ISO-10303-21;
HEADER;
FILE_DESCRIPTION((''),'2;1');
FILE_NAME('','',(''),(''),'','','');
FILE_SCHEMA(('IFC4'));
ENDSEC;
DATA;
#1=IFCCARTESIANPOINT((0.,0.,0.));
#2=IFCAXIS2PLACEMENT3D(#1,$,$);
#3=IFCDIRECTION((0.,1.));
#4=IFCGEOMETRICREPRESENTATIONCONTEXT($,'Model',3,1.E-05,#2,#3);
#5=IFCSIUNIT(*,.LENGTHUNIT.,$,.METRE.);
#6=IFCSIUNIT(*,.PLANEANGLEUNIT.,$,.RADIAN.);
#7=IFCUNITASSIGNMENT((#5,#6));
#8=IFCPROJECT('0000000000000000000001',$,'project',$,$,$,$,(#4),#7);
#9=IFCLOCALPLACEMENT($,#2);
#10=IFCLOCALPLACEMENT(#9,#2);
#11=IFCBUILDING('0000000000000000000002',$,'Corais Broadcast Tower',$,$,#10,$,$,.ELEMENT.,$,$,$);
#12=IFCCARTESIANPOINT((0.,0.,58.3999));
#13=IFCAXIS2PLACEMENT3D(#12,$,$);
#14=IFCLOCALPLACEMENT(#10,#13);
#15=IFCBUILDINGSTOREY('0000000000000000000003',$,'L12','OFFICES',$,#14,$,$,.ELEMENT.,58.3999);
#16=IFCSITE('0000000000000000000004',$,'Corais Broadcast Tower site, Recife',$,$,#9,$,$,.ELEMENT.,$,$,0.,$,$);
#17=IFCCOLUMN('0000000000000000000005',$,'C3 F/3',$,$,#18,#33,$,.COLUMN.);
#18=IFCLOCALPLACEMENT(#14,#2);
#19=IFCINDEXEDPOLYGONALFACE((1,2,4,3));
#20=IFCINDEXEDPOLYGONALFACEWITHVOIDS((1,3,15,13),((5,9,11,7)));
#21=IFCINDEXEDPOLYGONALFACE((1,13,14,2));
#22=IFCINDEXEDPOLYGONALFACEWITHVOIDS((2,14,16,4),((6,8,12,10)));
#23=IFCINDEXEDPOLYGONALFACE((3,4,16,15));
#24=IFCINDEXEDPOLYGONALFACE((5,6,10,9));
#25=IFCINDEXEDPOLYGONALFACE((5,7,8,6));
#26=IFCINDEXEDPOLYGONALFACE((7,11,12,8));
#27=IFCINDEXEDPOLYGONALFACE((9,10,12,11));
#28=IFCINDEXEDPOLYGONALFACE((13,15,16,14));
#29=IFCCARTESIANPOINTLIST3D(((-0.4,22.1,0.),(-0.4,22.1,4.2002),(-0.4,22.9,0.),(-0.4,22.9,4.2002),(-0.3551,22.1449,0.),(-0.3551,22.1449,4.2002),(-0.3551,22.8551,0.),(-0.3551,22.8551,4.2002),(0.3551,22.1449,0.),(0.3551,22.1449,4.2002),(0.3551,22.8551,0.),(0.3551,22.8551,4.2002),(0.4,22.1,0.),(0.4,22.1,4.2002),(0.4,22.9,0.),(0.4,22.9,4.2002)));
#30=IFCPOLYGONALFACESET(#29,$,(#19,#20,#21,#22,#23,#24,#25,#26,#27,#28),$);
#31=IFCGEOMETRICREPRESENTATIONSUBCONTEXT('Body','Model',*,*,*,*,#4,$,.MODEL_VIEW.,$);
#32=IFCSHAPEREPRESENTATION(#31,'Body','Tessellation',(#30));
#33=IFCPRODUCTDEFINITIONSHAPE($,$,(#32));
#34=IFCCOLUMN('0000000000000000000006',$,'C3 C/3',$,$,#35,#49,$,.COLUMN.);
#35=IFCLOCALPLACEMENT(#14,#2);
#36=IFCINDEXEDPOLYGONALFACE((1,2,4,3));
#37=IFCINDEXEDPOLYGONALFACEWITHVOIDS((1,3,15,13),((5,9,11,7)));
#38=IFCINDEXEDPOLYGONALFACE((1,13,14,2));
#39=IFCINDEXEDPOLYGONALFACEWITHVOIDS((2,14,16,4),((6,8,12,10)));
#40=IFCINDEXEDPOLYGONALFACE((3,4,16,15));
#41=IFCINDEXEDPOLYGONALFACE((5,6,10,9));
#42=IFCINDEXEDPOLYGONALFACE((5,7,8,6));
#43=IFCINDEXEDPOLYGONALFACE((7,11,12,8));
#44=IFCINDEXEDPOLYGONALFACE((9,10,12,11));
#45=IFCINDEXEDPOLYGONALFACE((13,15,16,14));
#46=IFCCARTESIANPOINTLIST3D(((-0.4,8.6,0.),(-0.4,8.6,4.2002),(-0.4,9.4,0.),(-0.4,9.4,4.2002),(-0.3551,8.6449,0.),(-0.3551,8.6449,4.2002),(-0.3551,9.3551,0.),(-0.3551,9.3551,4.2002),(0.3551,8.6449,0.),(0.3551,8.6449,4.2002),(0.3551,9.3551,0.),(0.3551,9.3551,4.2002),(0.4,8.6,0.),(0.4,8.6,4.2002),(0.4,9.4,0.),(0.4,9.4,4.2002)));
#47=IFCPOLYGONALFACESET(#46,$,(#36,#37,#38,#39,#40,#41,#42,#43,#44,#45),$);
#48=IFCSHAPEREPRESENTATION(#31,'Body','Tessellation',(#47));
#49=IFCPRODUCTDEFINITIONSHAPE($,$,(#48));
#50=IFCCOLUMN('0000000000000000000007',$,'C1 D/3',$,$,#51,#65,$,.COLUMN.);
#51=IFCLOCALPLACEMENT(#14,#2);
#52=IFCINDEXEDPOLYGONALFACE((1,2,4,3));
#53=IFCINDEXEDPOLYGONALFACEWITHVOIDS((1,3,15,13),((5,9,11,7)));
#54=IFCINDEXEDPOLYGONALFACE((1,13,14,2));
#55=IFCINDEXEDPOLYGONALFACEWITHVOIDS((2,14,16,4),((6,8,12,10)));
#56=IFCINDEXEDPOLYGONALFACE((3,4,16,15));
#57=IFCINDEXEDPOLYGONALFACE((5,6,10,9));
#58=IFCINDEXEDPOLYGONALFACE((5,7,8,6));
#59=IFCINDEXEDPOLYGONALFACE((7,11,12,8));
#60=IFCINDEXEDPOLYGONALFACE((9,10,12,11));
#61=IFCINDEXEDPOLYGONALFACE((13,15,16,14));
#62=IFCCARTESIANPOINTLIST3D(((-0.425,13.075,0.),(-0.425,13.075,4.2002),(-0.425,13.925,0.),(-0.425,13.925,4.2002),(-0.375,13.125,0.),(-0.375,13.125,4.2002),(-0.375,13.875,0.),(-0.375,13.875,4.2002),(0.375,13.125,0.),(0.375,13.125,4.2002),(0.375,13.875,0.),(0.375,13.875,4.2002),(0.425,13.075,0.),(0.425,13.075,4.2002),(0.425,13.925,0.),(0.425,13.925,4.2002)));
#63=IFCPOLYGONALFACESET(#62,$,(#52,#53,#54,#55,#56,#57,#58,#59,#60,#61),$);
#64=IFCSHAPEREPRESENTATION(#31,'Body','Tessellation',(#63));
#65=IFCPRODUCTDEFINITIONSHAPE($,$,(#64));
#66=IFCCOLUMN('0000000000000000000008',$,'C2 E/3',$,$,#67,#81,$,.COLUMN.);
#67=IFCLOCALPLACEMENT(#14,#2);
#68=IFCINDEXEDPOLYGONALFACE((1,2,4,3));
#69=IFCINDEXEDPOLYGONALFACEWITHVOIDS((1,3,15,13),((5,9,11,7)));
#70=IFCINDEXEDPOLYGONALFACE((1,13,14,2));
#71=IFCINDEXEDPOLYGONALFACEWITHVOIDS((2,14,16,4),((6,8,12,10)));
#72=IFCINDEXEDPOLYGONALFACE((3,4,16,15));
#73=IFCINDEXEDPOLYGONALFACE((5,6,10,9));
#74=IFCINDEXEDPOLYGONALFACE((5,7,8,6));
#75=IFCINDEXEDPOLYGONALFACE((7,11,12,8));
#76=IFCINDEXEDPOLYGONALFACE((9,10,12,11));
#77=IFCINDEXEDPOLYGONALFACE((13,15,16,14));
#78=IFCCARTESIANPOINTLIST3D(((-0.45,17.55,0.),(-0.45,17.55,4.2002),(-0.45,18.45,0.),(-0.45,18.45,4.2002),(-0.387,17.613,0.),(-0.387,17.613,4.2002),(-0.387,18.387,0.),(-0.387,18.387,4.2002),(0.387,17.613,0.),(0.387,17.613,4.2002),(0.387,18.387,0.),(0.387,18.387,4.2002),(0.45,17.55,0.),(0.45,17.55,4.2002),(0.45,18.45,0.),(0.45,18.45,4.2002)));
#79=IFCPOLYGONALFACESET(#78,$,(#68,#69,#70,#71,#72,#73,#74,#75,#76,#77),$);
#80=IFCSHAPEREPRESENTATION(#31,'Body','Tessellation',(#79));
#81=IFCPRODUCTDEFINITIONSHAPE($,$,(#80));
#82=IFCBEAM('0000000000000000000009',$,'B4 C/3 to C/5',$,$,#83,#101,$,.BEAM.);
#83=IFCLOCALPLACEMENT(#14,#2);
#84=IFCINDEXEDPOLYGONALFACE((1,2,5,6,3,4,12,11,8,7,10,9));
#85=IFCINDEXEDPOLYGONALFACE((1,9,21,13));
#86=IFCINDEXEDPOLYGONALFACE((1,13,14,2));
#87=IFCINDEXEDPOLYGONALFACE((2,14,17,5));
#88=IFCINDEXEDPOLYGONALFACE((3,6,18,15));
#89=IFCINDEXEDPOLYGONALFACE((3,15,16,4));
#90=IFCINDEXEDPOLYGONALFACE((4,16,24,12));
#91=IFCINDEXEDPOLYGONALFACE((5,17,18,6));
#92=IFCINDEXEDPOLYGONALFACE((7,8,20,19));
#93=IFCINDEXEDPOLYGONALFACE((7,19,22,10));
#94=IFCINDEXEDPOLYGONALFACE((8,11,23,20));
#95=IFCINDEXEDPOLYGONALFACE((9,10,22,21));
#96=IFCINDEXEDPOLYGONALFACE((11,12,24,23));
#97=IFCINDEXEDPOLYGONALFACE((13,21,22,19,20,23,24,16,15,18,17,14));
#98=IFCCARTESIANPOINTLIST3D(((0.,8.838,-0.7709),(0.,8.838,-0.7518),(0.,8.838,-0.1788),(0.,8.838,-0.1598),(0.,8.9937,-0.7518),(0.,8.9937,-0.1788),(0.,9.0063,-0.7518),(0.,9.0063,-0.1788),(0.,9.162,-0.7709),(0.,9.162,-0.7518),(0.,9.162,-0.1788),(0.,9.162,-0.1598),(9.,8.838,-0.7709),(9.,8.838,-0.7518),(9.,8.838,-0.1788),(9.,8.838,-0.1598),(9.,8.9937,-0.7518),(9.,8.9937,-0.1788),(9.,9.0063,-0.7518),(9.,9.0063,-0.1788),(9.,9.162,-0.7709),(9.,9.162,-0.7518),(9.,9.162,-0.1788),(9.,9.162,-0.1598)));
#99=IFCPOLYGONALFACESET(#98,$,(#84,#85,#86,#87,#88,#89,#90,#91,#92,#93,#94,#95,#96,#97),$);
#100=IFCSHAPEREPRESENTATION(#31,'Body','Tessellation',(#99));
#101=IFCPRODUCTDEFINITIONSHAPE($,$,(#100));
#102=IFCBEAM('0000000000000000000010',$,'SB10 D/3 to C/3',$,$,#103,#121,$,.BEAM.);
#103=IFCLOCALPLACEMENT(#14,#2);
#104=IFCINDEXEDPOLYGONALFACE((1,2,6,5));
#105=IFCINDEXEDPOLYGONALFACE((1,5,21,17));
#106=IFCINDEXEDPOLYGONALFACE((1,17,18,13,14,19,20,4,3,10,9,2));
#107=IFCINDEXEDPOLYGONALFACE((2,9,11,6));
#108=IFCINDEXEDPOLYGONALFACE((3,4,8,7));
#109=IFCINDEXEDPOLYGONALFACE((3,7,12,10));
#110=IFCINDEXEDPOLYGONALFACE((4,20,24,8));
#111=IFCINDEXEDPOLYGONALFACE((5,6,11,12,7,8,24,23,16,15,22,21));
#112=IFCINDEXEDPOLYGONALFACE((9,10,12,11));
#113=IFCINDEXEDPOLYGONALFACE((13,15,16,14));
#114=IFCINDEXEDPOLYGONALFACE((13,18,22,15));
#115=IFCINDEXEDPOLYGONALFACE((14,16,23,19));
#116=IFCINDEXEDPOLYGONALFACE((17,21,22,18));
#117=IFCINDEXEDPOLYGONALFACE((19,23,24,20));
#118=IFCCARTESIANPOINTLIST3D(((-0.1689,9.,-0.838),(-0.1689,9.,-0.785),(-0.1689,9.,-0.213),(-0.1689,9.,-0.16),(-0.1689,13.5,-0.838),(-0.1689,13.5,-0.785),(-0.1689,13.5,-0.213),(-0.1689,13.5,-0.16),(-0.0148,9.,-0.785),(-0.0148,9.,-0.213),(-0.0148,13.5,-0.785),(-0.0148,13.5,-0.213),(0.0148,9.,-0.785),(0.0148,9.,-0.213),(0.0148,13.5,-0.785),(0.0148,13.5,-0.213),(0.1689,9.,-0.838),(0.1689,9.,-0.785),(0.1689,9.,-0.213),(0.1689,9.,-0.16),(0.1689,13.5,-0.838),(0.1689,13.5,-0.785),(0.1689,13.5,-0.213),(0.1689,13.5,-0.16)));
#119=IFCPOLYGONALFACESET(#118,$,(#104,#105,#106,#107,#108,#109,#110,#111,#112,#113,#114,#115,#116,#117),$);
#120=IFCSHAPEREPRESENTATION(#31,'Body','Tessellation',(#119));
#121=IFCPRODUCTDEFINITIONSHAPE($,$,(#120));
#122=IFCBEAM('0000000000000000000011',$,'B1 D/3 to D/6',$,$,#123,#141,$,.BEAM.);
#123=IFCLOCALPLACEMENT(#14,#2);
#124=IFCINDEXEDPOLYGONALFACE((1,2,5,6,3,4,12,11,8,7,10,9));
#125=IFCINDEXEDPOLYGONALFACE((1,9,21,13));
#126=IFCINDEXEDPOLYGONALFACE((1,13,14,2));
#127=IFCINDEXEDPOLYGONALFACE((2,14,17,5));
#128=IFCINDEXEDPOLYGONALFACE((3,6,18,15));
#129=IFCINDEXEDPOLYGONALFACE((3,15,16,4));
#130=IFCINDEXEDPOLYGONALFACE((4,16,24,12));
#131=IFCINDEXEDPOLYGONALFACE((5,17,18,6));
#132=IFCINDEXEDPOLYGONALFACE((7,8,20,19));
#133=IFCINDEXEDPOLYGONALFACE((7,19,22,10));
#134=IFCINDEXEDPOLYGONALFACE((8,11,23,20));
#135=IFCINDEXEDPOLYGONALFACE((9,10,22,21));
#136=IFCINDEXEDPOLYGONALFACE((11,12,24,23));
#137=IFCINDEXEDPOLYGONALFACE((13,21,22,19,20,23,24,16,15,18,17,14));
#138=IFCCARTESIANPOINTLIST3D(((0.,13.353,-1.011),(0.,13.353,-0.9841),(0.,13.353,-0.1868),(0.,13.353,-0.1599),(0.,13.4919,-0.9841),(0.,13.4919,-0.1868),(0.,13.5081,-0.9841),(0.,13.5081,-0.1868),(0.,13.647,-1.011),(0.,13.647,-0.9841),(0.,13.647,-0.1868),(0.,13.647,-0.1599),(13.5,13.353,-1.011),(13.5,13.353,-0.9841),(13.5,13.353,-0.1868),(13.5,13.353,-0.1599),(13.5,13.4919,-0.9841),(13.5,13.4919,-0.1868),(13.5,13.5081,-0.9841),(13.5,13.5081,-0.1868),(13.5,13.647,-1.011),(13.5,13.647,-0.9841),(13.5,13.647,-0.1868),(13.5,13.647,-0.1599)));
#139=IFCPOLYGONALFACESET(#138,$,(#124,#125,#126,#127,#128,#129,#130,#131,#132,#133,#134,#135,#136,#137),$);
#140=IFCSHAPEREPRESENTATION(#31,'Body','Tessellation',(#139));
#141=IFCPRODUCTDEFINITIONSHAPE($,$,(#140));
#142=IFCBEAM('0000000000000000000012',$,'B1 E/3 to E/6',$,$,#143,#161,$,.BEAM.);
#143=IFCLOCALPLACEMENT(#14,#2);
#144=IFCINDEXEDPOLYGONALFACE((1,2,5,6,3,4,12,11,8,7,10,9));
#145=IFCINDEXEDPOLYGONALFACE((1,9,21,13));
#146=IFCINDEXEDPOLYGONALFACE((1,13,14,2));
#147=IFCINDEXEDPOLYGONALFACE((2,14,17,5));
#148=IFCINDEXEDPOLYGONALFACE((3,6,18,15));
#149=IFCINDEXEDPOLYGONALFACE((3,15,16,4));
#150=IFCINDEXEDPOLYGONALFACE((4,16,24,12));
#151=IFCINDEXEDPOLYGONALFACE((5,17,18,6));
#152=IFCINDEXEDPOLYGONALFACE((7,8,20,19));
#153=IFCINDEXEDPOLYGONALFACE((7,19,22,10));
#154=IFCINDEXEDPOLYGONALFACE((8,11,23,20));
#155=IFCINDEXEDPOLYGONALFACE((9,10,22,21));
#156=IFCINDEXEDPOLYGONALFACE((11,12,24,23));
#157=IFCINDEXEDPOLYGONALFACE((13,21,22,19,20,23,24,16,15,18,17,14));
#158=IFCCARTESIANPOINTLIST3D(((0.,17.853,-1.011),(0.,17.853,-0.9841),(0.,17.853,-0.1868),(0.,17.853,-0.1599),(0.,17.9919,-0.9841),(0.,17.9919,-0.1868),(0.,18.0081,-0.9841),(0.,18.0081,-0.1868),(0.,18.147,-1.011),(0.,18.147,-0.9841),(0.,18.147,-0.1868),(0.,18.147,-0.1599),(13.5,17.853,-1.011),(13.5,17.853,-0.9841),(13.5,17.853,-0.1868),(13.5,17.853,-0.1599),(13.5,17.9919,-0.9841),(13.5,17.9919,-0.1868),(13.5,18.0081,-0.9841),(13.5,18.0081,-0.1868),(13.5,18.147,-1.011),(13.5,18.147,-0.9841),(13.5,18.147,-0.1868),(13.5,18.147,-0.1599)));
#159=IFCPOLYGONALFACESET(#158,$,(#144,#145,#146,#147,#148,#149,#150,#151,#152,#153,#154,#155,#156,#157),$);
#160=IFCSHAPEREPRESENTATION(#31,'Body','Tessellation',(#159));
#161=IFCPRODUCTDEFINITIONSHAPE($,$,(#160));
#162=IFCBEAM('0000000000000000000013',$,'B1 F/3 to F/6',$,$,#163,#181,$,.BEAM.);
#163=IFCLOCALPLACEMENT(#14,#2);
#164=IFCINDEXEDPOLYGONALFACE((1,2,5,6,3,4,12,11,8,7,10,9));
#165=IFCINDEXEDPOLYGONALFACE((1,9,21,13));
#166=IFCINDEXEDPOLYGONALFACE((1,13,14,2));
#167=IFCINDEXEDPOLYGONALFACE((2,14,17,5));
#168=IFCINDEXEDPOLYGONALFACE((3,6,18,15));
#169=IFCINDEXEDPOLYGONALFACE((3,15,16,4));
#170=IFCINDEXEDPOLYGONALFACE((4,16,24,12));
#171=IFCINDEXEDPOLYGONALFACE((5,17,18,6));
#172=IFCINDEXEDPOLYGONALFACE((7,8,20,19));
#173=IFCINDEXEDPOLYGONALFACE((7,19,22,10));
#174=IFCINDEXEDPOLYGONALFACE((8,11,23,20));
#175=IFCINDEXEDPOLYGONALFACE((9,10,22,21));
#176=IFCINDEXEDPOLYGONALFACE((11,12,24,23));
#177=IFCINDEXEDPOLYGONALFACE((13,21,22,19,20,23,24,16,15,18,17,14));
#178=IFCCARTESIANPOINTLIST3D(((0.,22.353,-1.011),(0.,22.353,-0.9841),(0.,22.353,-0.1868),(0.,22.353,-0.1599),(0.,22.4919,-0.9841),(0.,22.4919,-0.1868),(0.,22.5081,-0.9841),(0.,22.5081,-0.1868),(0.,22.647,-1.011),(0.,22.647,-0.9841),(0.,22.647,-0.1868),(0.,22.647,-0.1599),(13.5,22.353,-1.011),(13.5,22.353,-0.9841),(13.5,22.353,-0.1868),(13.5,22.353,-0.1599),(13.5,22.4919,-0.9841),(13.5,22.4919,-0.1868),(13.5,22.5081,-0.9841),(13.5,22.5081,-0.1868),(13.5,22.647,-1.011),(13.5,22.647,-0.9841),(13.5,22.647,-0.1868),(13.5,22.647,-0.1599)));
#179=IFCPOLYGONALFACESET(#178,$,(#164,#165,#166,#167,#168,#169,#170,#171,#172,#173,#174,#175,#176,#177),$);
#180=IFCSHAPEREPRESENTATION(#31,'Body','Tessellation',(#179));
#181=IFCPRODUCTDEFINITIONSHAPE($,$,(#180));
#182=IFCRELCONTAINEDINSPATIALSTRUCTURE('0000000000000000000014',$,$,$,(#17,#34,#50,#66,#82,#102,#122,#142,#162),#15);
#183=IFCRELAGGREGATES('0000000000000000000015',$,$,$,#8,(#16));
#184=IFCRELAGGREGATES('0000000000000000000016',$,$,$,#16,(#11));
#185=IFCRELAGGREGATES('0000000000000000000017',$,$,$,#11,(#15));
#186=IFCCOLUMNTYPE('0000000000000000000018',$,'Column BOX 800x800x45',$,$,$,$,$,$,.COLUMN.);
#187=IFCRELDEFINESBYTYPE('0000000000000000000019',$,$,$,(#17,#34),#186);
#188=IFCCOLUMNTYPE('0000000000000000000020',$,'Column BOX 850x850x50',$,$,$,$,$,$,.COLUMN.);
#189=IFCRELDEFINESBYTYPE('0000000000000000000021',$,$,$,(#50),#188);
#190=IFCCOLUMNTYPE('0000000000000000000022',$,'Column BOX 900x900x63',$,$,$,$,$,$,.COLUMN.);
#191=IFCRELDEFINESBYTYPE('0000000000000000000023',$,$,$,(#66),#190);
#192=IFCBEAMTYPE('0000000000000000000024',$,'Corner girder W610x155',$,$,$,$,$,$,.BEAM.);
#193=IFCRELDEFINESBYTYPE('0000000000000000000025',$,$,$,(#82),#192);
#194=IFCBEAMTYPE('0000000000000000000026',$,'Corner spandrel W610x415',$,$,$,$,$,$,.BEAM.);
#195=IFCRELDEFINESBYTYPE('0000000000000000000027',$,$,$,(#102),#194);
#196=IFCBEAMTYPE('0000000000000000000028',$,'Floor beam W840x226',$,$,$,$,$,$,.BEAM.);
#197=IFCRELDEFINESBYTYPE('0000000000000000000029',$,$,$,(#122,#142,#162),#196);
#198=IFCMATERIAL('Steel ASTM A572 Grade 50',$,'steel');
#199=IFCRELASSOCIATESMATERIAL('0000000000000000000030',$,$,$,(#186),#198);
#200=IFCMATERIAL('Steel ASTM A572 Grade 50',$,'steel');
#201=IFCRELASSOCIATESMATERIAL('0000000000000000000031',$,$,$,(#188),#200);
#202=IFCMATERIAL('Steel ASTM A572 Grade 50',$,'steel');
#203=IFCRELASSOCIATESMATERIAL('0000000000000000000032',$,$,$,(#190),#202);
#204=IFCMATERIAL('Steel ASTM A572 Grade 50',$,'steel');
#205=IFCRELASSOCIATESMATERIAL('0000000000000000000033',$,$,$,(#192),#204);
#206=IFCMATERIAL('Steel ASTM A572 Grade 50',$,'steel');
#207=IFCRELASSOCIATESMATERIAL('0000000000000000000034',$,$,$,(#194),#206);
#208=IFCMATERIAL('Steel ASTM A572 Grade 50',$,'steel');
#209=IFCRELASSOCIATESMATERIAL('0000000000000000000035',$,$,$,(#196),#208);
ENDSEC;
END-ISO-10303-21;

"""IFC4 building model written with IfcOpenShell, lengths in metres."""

from ifc_helpers import new_model, si_unit, direction, frame, origin, origin_2d, place, context, subcontext, project, spatial, hollow_rectangle, i_section, extrude, material, material_profile, profile_set, type_object, element, save


model = new_model("IFC4")

# Units and contexts
model_context = context("Model", 3, precision=1e-05, world=origin(), true_north=direction((0.0, 1.0)))
body_context = subcontext(model_context, "Body", "Model", "MODEL_VIEW")
ifc_project = project(units=[si_unit("LENGTHUNIT", "METRE"), si_unit("PLANEANGLEUNIT", "RADIAN")], contexts=[model_context])

# Site, building, storey
site_placement = place(None, origin())
site = spatial("IfcSite", under=ifc_project, at=site_placement, Name="Corais Broadcast Tower site, Recife", CompositionType="ELEMENT", RefElevation=0.0)
building_placement = place(site_placement, origin())
building = spatial("IfcBuilding", under=site, at=building_placement, Name="Corais Broadcast Tower", CompositionType="ELEMENT")
storey_placement = place(building_placement, frame((0.0, 0.0, 58.3999)))
storey = spatial("IfcBuildingStorey", under=building, at=storey_placement, Name="L12", Description="OFFICES", CompositionType="ELEMENT", Elevation=58.3999)

# Columns
ifc_material_1 = material(Name="Steel ASTM A572 Grade 50", Category="steel")
ifc_material_profile_1 = material_profile(ifc_material_1, hollow_rectangle(XDim=0.8, YDim=0.8, WallThickness=0.0449, at=origin_2d()), Name="BOX 800x800x45")
ifc_profile_set_1 = profile_set([ifc_material_profile_1], Name="Steel ASTM A572 Grade 50")
column_type_1 = type_object("IfcColumnType", Name="Column BOX 800x800x45", PredefinedType="COLUMN", material=ifc_profile_set_1)
for number, where, z_axis, x_axis, name in (
    (1, (0.0, 22.5, 0.0), (0.0, 0.0, 1.0), (1.0, 0.0, 0.0), "C3 F/3"),
    (2, (0.0, 9.0, 0.0), (0.0, 0.0, 1.0), (1.0, 0.0, 0.0), "C3 C/3"),
):
    element("IfcColumn", number, at=place(storey_placement, frame(where, z_axis=z_axis, x_axis=x_axis)), inside=storey, type_object=column_type_1, Name=name, PredefinedType="COLUMN", context=body_context, shape_type="SweptSolid", body=[
        extrude(hollow_rectangle(XDim=0.8, YDim=0.8, WallThickness=0.0449, at=origin_2d()), origin(), (0.0, 0.0, 1.0), 4.2002),
    ])
ifc_material_2 = material(Name="Steel ASTM A572 Grade 50", Category="steel")
ifc_material_profile_2 = material_profile(ifc_material_2, hollow_rectangle(XDim=0.8501, YDim=0.8501, WallThickness=0.05, at=origin_2d()), Name="BOX 850x850x50")
ifc_profile_set_2 = profile_set([ifc_material_profile_2], Name="Steel ASTM A572 Grade 50")
column_type_2 = type_object("IfcColumnType", Name="Column BOX 850x850x50", PredefinedType="COLUMN", material=ifc_profile_set_2)
column_1_placement = place(storey_placement, frame((0.0, 13.5, 0.0), z_axis=(0.0, 0.0, 1.0), x_axis=(1.0, 0.0, 0.0)))
element("IfcColumn", 3, at=column_1_placement, inside=storey, type_object=column_type_2, Name="C1 D/3", PredefinedType="COLUMN", context=body_context, shape_type="SweptSolid", body=[
    extrude(hollow_rectangle(XDim=0.8501, YDim=0.8501, WallThickness=0.05, at=origin_2d()), origin(), (0.0, 0.0, 1.0), 4.2002),
])
ifc_material_3 = material(Name="Steel ASTM A572 Grade 50", Category="steel")
ifc_material_profile_3 = material_profile(ifc_material_3, hollow_rectangle(XDim=0.8999, YDim=0.8999, WallThickness=0.063, at=origin_2d()), Name="BOX 900x900x63")
ifc_profile_set_3 = profile_set([ifc_material_profile_3], Name="Steel ASTM A572 Grade 50")
column_type_3 = type_object("IfcColumnType", Name="Column BOX 900x900x63", PredefinedType="COLUMN", material=ifc_profile_set_3)
column_2_placement = place(storey_placement, frame((0.0, 18.0, 0.0), z_axis=(0.0, 0.0, 1.0), x_axis=(1.0, 0.0, 0.0)))
element("IfcColumn", 4, at=column_2_placement, inside=storey, type_object=column_type_3, Name="C2 E/3", PredefinedType="COLUMN", context=body_context, shape_type="SweptSolid", body=[
    extrude(hollow_rectangle(XDim=0.8999, YDim=0.8999, WallThickness=0.063, at=origin_2d()), origin(), (0.0, 0.0, 1.0), 4.2002),
])

# Beams
ifc_material_4 = material(Name="Steel ASTM A572 Grade 50", Category="steel")
ifc_material_profile_4 = material_profile(ifc_material_4, i_section(OverallWidth=0.324, OverallDepth=0.6111, WebThickness=0.0127, FlangeThickness=0.019, at=origin_2d()), Name="W610x155")
ifc_profile_set_4 = profile_set([ifc_material_profile_4], Name="Steel ASTM A572 Grade 50")
beam_type_1 = type_object("IfcBeamType", Name="Corner girder W610x155", PredefinedType="BEAM", material=ifc_profile_set_4)
beam_1_placement = place(storey_placement, frame((0.0, 9.0, -0.4653), z_axis=(1.0, 0.0, 0.0), x_axis=(0.0, 1.0, 0.0)))
element("IfcBeam", 5, at=beam_1_placement, inside=storey, type_object=beam_type_1, Name="B4 C/3 to C/5", PredefinedType="BEAM", context=body_context, shape_type="SweptSolid", body=[
    extrude(i_section(OverallWidth=0.324, OverallDepth=0.6111, WebThickness=0.0127, FlangeThickness=0.019, at=origin_2d()), origin(), (0.0, 0.0, 1.0), 9.0),
])
ifc_material_5 = material(Name="Steel ASTM A572 Grade 50", Category="steel")
ifc_material_profile_5 = material_profile(ifc_material_5, i_section(OverallWidth=0.3379, OverallDepth=0.678, WebThickness=0.0295, FlangeThickness=0.053, at=origin_2d()), Name="W610x415")
ifc_profile_set_5 = profile_set([ifc_material_profile_5], Name="Steel ASTM A572 Grade 50")
beam_type_2 = type_object("IfcBeamType", Name="Corner spandrel W610x415", PredefinedType="BEAM", material=ifc_profile_set_5)
beam_2_placement = place(storey_placement, frame((0.0, 13.5, -0.499), z_axis=(0.0, -1.0, 0.0), x_axis=(1.0, 0.0, 0.0)))
element("IfcBeam", 6, at=beam_2_placement, inside=storey, type_object=beam_type_2, Name="SB10 D/3 to C/3", PredefinedType="BEAM", context=body_context, shape_type="SweptSolid", body=[
    extrude(i_section(OverallWidth=0.3379, OverallDepth=0.678, WebThickness=0.0295, FlangeThickness=0.053, at=origin_2d()), origin(), (0.0, 0.0, 1.0), 4.5),
])
ifc_material_6 = material(Name="Steel ASTM A572 Grade 50", Category="steel")
ifc_material_profile_6 = material_profile(ifc_material_6, i_section(OverallWidth=0.2939, OverallDepth=0.8511, WebThickness=0.0161, FlangeThickness=0.0269, at=origin_2d()), Name="W840x226")
ifc_profile_set_6 = profile_set([ifc_material_profile_6], Name="Steel ASTM A572 Grade 50")
beam_type_3 = type_object("IfcBeamType", Name="Floor beam W840x226", PredefinedType="BEAM", material=ifc_profile_set_6)
for number, where, z_axis, x_axis, name in (
    (7, (0.0, 13.5, -0.5854), (1.0, 0.0, 0.0), (0.0, 1.0, 0.0), "B1 D/3 to D/6"),
    (8, (0.0, 18.0, -0.5854), (1.0, 0.0, 0.0), (0.0, 1.0, 0.0), "B1 E/3 to E/6"),
    (9, (0.0, 22.5, -0.5854), (1.0, 0.0, 0.0), (0.0, 1.0, 0.0), "B1 F/3 to F/6"),
):
    element("IfcBeam", number, at=place(storey_placement, frame(where, z_axis=z_axis, x_axis=x_axis)), inside=storey, type_object=beam_type_3, Name=name, PredefinedType="BEAM", context=body_context, shape_type="SweptSolid", body=[
        extrude(i_section(OverallWidth=0.2939, OverallDepth=0.8511, WebThickness=0.0161, FlangeThickness=0.0269, at=origin_2d()), origin(), (0.0, 0.0, 1.0), 13.5),
    ])

save(model, "model.ifc")
